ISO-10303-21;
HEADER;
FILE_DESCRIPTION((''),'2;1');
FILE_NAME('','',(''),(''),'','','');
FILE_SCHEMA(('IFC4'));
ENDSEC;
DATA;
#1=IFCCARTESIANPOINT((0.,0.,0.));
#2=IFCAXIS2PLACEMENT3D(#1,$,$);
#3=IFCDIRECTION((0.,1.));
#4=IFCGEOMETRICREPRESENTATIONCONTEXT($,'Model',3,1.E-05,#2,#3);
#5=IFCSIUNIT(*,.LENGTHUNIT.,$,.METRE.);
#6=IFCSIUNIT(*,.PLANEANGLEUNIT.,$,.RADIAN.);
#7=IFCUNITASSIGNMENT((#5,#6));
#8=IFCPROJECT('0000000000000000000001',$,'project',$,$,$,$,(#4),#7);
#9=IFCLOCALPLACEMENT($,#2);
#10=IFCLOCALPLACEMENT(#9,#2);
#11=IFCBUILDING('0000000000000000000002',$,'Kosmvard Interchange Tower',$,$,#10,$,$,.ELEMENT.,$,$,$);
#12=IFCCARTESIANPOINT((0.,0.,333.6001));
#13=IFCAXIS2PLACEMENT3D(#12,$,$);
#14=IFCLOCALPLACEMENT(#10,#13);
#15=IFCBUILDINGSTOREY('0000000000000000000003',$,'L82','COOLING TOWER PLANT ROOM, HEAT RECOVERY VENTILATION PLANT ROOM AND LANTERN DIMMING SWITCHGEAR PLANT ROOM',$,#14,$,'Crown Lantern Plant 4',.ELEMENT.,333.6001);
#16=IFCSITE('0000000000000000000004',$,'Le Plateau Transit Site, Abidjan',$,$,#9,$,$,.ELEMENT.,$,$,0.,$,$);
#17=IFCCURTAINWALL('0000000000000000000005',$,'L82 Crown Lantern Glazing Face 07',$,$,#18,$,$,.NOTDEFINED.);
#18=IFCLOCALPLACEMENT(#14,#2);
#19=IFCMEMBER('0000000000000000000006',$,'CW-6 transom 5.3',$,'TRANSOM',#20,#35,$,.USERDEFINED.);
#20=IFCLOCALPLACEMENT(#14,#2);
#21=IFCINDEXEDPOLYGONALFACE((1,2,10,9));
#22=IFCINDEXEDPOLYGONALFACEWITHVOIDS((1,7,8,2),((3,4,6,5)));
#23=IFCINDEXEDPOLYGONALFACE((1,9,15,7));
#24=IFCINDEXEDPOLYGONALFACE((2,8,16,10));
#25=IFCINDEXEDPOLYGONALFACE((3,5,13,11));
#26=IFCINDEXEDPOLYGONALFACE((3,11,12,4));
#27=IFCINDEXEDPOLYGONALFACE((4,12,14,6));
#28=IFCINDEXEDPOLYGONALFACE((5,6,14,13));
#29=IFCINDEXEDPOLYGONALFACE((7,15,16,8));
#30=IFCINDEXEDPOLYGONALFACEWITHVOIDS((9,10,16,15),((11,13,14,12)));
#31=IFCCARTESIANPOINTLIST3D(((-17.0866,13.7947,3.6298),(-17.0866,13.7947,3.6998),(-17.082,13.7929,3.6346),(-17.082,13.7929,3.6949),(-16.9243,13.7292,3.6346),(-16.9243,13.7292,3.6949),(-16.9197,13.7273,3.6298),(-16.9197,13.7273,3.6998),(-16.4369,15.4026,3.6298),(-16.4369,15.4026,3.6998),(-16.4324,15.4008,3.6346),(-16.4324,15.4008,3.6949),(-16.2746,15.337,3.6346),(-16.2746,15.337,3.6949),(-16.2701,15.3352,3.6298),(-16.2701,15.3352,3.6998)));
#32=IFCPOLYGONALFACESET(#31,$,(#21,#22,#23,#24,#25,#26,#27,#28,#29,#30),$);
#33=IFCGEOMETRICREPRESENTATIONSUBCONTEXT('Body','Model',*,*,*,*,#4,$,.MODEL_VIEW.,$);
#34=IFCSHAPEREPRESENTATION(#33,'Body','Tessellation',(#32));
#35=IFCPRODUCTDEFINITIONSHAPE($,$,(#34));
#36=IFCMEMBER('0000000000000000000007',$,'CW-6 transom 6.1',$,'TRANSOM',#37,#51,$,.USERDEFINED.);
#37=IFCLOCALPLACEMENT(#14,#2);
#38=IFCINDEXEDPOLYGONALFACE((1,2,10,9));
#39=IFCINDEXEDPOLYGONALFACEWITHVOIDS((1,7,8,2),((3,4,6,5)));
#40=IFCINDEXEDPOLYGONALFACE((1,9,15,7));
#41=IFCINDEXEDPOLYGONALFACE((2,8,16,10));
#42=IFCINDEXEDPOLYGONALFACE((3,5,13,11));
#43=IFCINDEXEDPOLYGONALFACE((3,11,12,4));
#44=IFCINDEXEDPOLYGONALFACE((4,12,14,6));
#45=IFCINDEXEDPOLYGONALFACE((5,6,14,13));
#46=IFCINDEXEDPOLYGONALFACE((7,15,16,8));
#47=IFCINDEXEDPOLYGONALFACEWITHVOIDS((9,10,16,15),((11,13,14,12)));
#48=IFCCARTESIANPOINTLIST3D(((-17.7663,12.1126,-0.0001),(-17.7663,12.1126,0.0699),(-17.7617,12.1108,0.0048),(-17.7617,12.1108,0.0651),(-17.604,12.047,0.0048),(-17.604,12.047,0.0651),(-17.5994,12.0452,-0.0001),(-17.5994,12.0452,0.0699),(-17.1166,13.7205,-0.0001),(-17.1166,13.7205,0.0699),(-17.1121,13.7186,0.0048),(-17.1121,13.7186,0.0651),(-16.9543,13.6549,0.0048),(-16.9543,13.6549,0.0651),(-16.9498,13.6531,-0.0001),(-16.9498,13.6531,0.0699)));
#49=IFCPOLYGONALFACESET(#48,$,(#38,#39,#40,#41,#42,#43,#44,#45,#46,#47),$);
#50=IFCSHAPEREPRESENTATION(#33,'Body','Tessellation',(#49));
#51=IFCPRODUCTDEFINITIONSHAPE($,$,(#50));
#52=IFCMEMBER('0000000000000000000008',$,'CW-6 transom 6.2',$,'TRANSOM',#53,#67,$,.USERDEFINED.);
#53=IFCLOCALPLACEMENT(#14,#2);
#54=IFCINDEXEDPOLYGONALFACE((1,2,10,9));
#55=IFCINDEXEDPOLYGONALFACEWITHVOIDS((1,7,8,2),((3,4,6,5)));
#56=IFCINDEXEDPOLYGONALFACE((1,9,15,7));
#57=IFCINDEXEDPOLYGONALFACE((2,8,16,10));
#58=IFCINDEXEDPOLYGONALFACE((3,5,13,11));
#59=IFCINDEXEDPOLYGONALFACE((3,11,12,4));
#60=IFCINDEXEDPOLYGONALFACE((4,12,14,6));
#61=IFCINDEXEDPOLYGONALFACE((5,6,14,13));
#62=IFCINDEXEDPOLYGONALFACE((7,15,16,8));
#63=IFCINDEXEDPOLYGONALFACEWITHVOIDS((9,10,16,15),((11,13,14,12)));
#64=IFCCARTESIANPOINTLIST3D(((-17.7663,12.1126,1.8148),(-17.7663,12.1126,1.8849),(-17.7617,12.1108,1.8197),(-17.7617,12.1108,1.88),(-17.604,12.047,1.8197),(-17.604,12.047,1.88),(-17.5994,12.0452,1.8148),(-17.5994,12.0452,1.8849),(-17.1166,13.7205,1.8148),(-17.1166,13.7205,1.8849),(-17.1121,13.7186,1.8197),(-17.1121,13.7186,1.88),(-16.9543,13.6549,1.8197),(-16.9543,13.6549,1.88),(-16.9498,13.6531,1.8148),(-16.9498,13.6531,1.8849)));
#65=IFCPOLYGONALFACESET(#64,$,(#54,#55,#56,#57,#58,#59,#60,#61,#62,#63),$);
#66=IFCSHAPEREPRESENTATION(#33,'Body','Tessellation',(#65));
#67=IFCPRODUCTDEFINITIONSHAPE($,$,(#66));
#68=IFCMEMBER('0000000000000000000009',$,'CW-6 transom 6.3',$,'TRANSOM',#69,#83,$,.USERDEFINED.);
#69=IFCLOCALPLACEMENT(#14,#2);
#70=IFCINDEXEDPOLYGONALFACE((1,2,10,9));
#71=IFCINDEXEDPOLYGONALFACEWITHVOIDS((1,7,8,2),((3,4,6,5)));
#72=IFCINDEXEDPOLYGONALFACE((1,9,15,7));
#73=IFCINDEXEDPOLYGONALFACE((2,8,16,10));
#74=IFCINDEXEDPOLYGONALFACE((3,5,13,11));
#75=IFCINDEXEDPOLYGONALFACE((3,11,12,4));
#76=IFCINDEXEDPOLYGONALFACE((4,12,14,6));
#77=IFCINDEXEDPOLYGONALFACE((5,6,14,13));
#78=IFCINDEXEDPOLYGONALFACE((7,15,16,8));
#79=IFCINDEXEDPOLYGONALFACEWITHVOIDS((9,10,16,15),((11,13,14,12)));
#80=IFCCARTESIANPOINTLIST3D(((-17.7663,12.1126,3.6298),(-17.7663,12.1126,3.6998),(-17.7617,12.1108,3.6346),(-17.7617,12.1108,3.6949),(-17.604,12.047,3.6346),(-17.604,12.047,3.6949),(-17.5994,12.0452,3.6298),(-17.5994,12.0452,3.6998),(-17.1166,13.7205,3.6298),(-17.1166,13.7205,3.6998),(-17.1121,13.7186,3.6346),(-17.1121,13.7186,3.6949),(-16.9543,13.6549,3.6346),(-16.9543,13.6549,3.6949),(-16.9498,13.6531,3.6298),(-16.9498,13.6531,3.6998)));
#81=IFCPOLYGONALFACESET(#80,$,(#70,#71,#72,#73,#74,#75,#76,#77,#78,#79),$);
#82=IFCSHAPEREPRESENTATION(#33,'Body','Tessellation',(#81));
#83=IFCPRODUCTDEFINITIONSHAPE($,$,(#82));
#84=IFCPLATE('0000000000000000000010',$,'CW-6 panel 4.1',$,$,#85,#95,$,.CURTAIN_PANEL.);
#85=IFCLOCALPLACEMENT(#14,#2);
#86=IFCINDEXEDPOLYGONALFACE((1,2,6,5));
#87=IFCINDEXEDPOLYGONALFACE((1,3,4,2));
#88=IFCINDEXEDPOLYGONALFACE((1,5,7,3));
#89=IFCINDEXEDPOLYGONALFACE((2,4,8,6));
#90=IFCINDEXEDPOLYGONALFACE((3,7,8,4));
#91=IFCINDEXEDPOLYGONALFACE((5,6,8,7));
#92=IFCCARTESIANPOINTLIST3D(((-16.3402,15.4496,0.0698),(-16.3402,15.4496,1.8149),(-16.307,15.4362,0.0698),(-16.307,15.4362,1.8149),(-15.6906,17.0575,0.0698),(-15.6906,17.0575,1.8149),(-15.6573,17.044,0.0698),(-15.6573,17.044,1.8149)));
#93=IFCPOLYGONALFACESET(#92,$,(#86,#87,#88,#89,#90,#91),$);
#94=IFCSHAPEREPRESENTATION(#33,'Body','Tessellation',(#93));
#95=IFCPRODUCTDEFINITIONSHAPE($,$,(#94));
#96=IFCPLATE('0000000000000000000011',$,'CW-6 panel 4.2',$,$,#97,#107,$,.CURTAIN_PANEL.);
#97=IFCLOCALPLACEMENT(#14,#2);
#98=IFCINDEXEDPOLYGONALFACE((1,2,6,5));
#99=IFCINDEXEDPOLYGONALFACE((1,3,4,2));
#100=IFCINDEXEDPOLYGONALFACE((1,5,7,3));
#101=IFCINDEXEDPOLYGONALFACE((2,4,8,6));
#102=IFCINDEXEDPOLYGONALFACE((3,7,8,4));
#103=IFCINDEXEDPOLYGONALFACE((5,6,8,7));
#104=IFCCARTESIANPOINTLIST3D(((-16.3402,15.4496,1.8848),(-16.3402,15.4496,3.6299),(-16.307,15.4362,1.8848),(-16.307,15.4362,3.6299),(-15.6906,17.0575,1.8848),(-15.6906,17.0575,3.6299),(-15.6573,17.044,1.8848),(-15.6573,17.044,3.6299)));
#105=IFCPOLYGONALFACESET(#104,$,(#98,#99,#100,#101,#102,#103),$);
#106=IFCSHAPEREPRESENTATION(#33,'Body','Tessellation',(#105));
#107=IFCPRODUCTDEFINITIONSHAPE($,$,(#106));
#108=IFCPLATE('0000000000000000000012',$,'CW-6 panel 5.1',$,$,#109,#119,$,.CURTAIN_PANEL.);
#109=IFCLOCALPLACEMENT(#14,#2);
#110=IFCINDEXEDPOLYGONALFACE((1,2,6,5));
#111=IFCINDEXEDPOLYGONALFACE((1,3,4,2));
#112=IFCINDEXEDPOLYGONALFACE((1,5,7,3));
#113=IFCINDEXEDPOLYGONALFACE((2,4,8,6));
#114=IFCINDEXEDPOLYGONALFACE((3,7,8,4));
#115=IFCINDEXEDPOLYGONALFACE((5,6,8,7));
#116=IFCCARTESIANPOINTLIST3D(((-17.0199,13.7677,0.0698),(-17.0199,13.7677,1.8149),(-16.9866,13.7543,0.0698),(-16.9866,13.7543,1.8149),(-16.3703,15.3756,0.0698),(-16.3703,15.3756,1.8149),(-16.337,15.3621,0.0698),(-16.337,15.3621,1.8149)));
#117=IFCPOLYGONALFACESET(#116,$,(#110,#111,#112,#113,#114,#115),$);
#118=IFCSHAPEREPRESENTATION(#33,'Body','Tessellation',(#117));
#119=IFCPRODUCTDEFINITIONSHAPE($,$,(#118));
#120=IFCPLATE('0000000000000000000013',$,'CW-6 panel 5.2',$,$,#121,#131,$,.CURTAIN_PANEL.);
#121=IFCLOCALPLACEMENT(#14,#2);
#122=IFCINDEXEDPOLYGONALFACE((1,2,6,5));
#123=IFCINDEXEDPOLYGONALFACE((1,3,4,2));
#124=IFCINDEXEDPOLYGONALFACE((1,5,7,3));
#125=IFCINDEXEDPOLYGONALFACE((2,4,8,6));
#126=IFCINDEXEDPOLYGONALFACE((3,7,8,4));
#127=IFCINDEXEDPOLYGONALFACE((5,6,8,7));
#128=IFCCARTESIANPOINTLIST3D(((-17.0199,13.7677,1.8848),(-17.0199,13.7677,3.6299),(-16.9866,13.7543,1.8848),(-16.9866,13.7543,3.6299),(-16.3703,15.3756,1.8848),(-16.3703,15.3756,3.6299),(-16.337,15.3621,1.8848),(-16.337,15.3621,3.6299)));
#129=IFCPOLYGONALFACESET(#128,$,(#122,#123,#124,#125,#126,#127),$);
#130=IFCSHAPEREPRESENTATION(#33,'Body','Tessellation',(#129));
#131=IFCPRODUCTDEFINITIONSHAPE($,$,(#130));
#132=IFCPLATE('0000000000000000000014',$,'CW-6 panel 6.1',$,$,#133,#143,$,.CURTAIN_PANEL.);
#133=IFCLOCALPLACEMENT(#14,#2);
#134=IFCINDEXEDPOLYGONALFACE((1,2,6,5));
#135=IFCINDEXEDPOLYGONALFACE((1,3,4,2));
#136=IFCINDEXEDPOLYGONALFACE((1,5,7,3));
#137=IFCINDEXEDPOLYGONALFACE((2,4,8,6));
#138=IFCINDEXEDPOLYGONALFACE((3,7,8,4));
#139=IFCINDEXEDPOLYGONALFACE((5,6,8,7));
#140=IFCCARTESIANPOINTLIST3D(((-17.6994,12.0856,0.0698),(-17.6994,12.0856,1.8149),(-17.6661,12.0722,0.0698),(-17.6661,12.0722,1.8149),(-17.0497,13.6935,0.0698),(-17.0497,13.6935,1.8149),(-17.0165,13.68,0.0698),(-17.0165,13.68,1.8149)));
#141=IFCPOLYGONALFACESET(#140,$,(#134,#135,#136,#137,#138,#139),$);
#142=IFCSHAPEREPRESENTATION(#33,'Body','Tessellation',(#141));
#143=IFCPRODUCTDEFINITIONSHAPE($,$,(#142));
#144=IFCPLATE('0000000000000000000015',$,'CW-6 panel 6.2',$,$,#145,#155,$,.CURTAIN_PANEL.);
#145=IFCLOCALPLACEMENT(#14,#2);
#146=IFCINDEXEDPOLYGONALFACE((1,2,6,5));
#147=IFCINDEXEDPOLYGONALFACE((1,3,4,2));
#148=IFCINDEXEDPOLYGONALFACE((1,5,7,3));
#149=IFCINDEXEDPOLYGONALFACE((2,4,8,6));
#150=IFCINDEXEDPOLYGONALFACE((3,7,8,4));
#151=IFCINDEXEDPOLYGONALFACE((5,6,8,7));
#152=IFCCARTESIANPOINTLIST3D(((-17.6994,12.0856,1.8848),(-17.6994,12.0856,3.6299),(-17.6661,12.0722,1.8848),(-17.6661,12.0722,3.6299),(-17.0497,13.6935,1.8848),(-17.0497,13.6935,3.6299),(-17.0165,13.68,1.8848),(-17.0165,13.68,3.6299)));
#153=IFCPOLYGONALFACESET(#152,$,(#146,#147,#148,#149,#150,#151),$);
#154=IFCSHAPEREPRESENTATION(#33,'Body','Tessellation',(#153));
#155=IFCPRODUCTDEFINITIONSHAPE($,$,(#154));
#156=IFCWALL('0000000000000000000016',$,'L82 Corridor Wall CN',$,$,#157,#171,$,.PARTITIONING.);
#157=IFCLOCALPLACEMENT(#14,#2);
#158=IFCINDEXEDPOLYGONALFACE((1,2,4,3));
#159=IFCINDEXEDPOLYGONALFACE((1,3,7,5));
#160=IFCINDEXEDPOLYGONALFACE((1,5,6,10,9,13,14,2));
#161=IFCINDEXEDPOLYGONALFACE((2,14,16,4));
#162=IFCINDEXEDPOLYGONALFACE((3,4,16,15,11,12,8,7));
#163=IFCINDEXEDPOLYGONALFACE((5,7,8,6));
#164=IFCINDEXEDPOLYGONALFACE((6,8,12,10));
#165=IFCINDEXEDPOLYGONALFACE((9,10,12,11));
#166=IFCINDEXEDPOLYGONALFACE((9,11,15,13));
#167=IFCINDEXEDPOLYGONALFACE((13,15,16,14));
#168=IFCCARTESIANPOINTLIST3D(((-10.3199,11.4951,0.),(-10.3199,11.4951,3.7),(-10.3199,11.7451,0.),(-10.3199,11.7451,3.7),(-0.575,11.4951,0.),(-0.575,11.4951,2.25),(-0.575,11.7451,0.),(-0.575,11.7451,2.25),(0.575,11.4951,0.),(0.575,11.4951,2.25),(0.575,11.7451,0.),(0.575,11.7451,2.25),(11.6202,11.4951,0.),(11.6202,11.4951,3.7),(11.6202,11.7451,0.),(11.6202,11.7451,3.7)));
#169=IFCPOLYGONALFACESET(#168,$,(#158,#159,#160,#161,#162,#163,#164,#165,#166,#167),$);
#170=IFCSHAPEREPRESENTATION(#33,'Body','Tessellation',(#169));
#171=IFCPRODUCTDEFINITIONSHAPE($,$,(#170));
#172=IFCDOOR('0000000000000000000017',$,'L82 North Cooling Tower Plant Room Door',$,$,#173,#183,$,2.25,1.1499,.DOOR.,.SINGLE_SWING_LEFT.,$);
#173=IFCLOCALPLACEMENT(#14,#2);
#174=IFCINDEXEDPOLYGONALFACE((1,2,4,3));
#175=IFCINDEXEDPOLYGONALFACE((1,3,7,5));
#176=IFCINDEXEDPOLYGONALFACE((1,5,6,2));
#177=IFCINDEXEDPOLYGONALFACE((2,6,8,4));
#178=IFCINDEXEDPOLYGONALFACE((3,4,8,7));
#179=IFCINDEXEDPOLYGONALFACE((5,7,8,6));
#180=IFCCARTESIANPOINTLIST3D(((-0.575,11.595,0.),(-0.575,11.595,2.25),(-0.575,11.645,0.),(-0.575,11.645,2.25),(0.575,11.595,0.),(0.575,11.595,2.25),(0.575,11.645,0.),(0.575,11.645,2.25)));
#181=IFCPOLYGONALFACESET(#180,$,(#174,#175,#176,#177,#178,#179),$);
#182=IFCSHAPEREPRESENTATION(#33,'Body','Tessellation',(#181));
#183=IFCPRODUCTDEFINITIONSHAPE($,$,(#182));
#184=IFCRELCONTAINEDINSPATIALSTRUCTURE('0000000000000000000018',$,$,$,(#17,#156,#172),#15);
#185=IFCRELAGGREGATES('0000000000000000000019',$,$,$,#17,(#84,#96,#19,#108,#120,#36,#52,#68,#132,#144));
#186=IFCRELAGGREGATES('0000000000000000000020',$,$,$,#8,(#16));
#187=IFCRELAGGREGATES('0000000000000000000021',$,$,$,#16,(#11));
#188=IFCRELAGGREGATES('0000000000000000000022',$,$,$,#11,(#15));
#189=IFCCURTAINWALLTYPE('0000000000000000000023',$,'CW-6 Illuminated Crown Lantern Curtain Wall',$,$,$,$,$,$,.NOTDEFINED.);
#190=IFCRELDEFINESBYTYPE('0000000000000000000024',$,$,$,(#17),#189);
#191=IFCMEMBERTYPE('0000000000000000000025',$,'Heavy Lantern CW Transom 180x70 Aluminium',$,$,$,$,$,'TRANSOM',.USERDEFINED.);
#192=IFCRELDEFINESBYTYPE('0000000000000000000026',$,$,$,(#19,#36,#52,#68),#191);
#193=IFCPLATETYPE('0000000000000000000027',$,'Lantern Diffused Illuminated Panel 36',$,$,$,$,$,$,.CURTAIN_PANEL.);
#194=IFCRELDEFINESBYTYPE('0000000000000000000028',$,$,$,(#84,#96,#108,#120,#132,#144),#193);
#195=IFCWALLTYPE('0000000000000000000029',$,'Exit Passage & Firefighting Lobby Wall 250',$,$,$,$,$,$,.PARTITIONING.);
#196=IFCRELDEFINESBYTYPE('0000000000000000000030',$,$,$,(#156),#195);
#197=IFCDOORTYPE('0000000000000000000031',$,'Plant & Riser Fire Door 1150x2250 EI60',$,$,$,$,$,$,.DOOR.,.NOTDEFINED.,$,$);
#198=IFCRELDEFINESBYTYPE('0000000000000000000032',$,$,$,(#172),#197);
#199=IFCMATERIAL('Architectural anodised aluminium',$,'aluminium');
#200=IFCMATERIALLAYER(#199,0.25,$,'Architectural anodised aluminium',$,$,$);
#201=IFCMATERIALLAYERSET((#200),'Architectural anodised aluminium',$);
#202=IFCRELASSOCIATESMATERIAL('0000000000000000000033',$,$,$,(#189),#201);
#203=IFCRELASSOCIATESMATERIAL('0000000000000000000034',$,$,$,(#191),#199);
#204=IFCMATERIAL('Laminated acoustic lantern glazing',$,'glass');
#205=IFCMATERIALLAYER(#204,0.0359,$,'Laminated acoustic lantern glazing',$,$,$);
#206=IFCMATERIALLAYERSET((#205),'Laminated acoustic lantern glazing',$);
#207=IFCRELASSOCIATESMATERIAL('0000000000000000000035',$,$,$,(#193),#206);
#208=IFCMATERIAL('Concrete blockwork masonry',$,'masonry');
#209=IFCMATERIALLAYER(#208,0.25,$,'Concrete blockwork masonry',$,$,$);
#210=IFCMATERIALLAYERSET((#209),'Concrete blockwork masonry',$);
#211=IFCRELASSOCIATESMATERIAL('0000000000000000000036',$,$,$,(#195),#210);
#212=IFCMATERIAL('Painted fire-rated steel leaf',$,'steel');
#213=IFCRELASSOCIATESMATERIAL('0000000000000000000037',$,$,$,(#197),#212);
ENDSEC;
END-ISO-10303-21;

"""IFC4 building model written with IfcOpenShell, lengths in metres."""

from ifc_helpers import new_model, si_unit, direction, frame, frame_2d, origin, origin_2d, place, context, subcontext, project, spatial, rectangle, hollow_rectangle, extrude, source, transform, mapped, material, layer, layer_set, material_profile, profile_set, type_object, element, fill, aggregate, save


model = new_model("IFC4")

# Units and contexts
model_context = context("Model", 3, precision=1e-05, world=origin(), true_north=direction((0.0, 1.0)))
body_context = subcontext(model_context, "Body", "Model", "MODEL_VIEW")
ifc_project = project(units=[si_unit("LENGTHUNIT", "METRE"), si_unit("PLANEANGLEUNIT", "RADIAN")], contexts=[model_context])

# Site, building, storey
site_placement = place(None, origin())
site = spatial("IfcSite", under=ifc_project, at=site_placement, Name="Le Plateau Transit Site, Abidjan", CompositionType="ELEMENT", RefElevation=0.0)
building_placement = place(site_placement, origin())
building = spatial("IfcBuilding", under=site, at=building_placement, Name="Kosmvard Interchange Tower", CompositionType="ELEMENT")
storey_placement = place(building_placement, frame((0.0, 0.0, 333.6001)))
storey = spatial("IfcBuildingStorey", under=building, at=storey_placement, Name="L82", Description="COOLING TOWER PLANT ROOM, HEAT RECOVERY VENTILATION PLANT ROOM AND LANTERN DIMMING SWITCHGEAR PLANT ROOM", LongName="Crown Lantern Plant 4", CompositionType="ELEMENT", Elevation=333.6001)

# Curtain wall, members, plates
ifc_material_1 = material(Name="Architectural anodised aluminium", Category="aluminium")
ifc_layer_1 = layer(ifc_material_1, 0.25, Name="Architectural anodised aluminium")
ifc_layer_set_1 = layer_set([ifc_layer_1], Name="Architectural anodised aluminium")
curtain_wall_type = type_object("IfcCurtainWallType", Name="CW-6 Illuminated Crown Lantern Curtain Wall", PredefinedType="NOTDEFINED", material=ifc_layer_set_1)
curtain_wall_placement = place(storey_placement, origin())
curtain_wall = element("IfcCurtainWall", 1, at=curtain_wall_placement, inside=storey, type_object=curtain_wall_type, Name="L82 Crown Lantern Glazing Face 07", PredefinedType="NOTDEFINED")
ifc_material_profile_1 = material_profile(ifc_material_1, hollow_rectangle(XDim=0.1799, YDim=0.0701, WallThickness=0.0049, at=origin_2d()), Name="CWT 180x70x5")
ifc_profile_set_1 = profile_set([ifc_material_profile_1], Name="Architectural anodised aluminium")
member_type_1 = type_object("IfcMemberType", Name="Heavy Lantern CW Transom 180x70 Aluminium", ElementType="TRANSOM", PredefinedType="USERDEFINED", material=ifc_profile_set_1)
shared_shape_1 = source(origin(), body_context, "Body", "SweptSolid", [
    extrude(hollow_rectangle(XDim=0.1799, YDim=0.0701, WallThickness=0.0049, at=origin_2d()), origin(), (0.0, 0.0, 1.0), 1.7341),
])
member_1_placement = place(storey_placement, frame((-16.3535, 15.3689, 3.6648), z_axis=(-0.374617, -0.92718, 0.0), x_axis=(0.92718, -0.374617, 0.0)))
member_1 = element("IfcMember", 2, at=member_1_placement, type_object=member_type_1, Name="CW-6 transom 5.3", ObjectType="TRANSOM", PredefinedType="USERDEFINED", context=body_context, shape_type="MappedRepresentation", body=[
    mapped(shared_shape_1, transform((0.0, 0.0, 0.0), scale=1.0)),
])
member_2_placement = place(storey_placement, frame((-17.0332, 13.6868, 0.0349), z_axis=(-0.374617, -0.92718, 0.0), x_axis=(0.92718, -0.374617, 0.0)))
member_2 = element("IfcMember", 3, at=member_2_placement, type_object=member_type_1, Name="CW-6 transom 6.1", ObjectType="TRANSOM", PredefinedType="USERDEFINED", context=body_context, shape_type="MappedRepresentation", body=[
    mapped(shared_shape_1, transform((0.0, 0.0, 0.0), scale=1.0)),
])
member_3_placement = place(storey_placement, frame((-17.0332, 13.6868, 1.8499), z_axis=(-0.374617, -0.92718, 0.0), x_axis=(0.92718, -0.374617, 0.0)))
member_3 = element("IfcMember", 4, at=member_3_placement, type_object=member_type_1, Name="CW-6 transom 6.2", ObjectType="TRANSOM", PredefinedType="USERDEFINED", context=body_context, shape_type="MappedRepresentation", body=[
    mapped(shared_shape_1, transform((0.0, 0.0, 0.0), scale=1.0)),
])
member_4_placement = place(storey_placement, frame((-17.0332, 13.6868, 3.6648), z_axis=(-0.374617, -0.92718, 0.0), x_axis=(0.92718, -0.374617, 0.0)))
member_4 = element("IfcMember", 5, at=member_4_placement, type_object=member_type_1, Name="CW-6 transom 6.3", ObjectType="TRANSOM", PredefinedType="USERDEFINED", context=body_context, shape_type="MappedRepresentation", body=[
    mapped(shared_shape_1, transform((0.0, 0.0, 0.0), scale=1.0)),
])
ifc_material_2 = material(Name="Laminated acoustic lantern glazing", Category="glass")
ifc_layer_2 = layer(ifc_material_2, 0.0359, Name="Laminated acoustic lantern glazing")
ifc_layer_set_2 = layer_set([ifc_layer_2], Name="Laminated acoustic lantern glazing")
plate_type = type_object("IfcPlateType", Name="Lantern Diffused Illuminated Panel 36", PredefinedType="CURTAIN_PANEL", material=ifc_layer_set_2)
shared_shape_2 = source(origin(), body_context, "Body", "SweptSolid", [
    extrude(rectangle(XDim=1.7341, YDim=0.0359, at=origin_2d()), origin(), (0.0, 0.0, 1.0), 1.7451),
])
plate_1_placement = place(storey_placement, frame((-15.9988, 16.2468, 0.0698), z_axis=(0.0, 0.0, 1.0), x_axis=(-0.374607, -0.927184, 0.0)))
plate_1 = element("IfcPlate", 6, at=plate_1_placement, type_object=plate_type, Name="CW-6 panel 4.1", PredefinedType="CURTAIN_PANEL", context=body_context, shape_type="MappedRepresentation", body=[
    mapped(shared_shape_2, transform((0.0, 0.0, 0.0), scale=1.0)),
])
plate_2_placement = place(storey_placement, frame((-15.9988, 16.2468, 1.8848), z_axis=(0.0, 0.0, 1.0), x_axis=(-0.374607, -0.927184, 0.0)))
plate_2 = element("IfcPlate", 7, at=plate_2_placement, type_object=plate_type, Name="CW-6 panel 4.2", PredefinedType="CURTAIN_PANEL", context=body_context, shape_type="MappedRepresentation", body=[
    mapped(shared_shape_2, transform((0.0, 0.0, 0.0), scale=1.0)),
])
plate_3_placement = place(storey_placement, frame((-16.6785, 14.5649, 0.0698), z_axis=(0.0, 0.0, 1.0), x_axis=(-0.374607, -0.927184, 0.0)))
plate_3 = element("IfcPlate", 8, at=plate_3_placement, type_object=plate_type, Name="CW-6 panel 5.1", PredefinedType="CURTAIN_PANEL", context=body_context, shape_type="MappedRepresentation", body=[
    mapped(shared_shape_2, transform((0.0, 0.0, 0.0), scale=1.0)),
])
plate_4_placement = place(storey_placement, frame((-16.6785, 14.5649, 1.8848), z_axis=(0.0, 0.0, 1.0), x_axis=(-0.374607, -0.927184, 0.0)))
plate_4 = element("IfcPlate", 9, at=plate_4_placement, type_object=plate_type, Name="CW-6 panel 5.2", PredefinedType="CURTAIN_PANEL", context=body_context, shape_type="MappedRepresentation", body=[
    mapped(shared_shape_2, transform((0.0, 0.0, 0.0), scale=1.0)),
])
plate_5_placement = place(storey_placement, frame((-17.3579, 12.8828, 0.0698), z_axis=(0.0, 0.0, 1.0), x_axis=(-0.374607, -0.927184, 0.0)))
plate_5 = element("IfcPlate", 10, at=plate_5_placement, type_object=plate_type, Name="CW-6 panel 6.1", PredefinedType="CURTAIN_PANEL", context=body_context, shape_type="MappedRepresentation", body=[
    mapped(shared_shape_2, transform((0.0, 0.0, 0.0), scale=1.0)),
])
plate_6_placement = place(storey_placement, frame((-17.3579, 12.8828, 1.8848), z_axis=(0.0, 0.0, 1.0), x_axis=(-0.374607, -0.927184, 0.0)))
plate_6 = element("IfcPlate", 11, at=plate_6_placement, type_object=plate_type, Name="CW-6 panel 6.2", PredefinedType="CURTAIN_PANEL", context=body_context, shape_type="MappedRepresentation", body=[
    mapped(shared_shape_2, transform((0.0, 0.0, 0.0), scale=1.0)),
])
aggregate(curtain_wall, [plate_1, plate_2, member_1, plate_3, plate_4, member_2, member_3, member_4, plate_5, plate_6])

# Wall, opening, door
ifc_material_3 = material(Name="Concrete blockwork masonry", Category="masonry")
ifc_layer_3 = layer(ifc_material_3, 0.25, Name="Concrete blockwork masonry")
ifc_layer_set_3 = layer_set([ifc_layer_3], Name="Concrete blockwork masonry")
wall_type_1 = type_object("IfcWallType", Name="Exit Passage & Firefighting Lobby Wall 250", PredefinedType="PARTITIONING", material=ifc_layer_set_3)
wall_1_placement = place(storey_placement, frame((-10.3201, 11.6201, 0.0), z_axis=(0.0, 0.0, 1.0), x_axis=(1.0, 0.0, 0.0)))
wall_1 = element("IfcWall", 12, at=wall_1_placement, inside=storey, type_object=wall_type_1, Name="L82 Corridor Wall CN", PredefinedType="PARTITIONING", context=body_context, shape_type="SweptSolid", body=[
    extrude(rectangle(XDim=21.9402, YDim=0.25, at=frame_2d((10.9702, 0.0))), origin(), (0.0, 0.0, 1.0), 3.7),
])
opening_placement = place(wall_1_placement, frame((9.7451, 0.0, 0.0)))
opening = element("IfcOpeningElement", 13, at=opening_placement, cuts=wall_1, PredefinedType="OPENING", context=body_context, shape_type="SweptSolid", body=[
    extrude(rectangle(XDim=1.1499, YDim=2.25, at=frame_2d((0.575, 1.125))), frame((0.0, 0.135, 0.0), z_axis=(0.0, -1.0, 0.0), x_axis=(1.0, 0.0, 0.0)), (0.0, 0.0, 1.0), 0.27),
])
ifc_material_4 = material(Name="Painted fire-rated steel leaf", Category="steel")
door_type = type_object("IfcDoorType", Name="Plant & Riser Fire Door 1150x2250 EI60", OperationType="NOTDEFINED", PredefinedType="DOOR", material=ifc_material_4)
shared_shape_3 = source(origin(), body_context, "Body", "SweptSolid", [
    extrude(rectangle(XDim=1.1499, YDim=2.25, at=frame_2d((0.575, 1.125))), frame((0.0, 0.0249, 0.0), z_axis=(0.0, -1.0, 0.0), x_axis=(1.0, 0.0, 0.0)), (0.0, 0.0, 1.0), 0.05),
])
door_placement = place(opening_placement, origin())
door = element("IfcDoor", 14, at=door_placement, inside=storey, type_object=door_type, Name="L82 North Cooling Tower Plant Room Door", OperationType="SINGLE_SWING_LEFT", OverallHeight=2.25, OverallWidth=1.1499, PredefinedType="DOOR", context=body_context, shape_type="MappedRepresentation", body=[
    mapped(shared_shape_3, transform((0.0, 0.0, 0.0), scale=1.0)),
])
fill(opening, door)

save(model, "model.ifc")
